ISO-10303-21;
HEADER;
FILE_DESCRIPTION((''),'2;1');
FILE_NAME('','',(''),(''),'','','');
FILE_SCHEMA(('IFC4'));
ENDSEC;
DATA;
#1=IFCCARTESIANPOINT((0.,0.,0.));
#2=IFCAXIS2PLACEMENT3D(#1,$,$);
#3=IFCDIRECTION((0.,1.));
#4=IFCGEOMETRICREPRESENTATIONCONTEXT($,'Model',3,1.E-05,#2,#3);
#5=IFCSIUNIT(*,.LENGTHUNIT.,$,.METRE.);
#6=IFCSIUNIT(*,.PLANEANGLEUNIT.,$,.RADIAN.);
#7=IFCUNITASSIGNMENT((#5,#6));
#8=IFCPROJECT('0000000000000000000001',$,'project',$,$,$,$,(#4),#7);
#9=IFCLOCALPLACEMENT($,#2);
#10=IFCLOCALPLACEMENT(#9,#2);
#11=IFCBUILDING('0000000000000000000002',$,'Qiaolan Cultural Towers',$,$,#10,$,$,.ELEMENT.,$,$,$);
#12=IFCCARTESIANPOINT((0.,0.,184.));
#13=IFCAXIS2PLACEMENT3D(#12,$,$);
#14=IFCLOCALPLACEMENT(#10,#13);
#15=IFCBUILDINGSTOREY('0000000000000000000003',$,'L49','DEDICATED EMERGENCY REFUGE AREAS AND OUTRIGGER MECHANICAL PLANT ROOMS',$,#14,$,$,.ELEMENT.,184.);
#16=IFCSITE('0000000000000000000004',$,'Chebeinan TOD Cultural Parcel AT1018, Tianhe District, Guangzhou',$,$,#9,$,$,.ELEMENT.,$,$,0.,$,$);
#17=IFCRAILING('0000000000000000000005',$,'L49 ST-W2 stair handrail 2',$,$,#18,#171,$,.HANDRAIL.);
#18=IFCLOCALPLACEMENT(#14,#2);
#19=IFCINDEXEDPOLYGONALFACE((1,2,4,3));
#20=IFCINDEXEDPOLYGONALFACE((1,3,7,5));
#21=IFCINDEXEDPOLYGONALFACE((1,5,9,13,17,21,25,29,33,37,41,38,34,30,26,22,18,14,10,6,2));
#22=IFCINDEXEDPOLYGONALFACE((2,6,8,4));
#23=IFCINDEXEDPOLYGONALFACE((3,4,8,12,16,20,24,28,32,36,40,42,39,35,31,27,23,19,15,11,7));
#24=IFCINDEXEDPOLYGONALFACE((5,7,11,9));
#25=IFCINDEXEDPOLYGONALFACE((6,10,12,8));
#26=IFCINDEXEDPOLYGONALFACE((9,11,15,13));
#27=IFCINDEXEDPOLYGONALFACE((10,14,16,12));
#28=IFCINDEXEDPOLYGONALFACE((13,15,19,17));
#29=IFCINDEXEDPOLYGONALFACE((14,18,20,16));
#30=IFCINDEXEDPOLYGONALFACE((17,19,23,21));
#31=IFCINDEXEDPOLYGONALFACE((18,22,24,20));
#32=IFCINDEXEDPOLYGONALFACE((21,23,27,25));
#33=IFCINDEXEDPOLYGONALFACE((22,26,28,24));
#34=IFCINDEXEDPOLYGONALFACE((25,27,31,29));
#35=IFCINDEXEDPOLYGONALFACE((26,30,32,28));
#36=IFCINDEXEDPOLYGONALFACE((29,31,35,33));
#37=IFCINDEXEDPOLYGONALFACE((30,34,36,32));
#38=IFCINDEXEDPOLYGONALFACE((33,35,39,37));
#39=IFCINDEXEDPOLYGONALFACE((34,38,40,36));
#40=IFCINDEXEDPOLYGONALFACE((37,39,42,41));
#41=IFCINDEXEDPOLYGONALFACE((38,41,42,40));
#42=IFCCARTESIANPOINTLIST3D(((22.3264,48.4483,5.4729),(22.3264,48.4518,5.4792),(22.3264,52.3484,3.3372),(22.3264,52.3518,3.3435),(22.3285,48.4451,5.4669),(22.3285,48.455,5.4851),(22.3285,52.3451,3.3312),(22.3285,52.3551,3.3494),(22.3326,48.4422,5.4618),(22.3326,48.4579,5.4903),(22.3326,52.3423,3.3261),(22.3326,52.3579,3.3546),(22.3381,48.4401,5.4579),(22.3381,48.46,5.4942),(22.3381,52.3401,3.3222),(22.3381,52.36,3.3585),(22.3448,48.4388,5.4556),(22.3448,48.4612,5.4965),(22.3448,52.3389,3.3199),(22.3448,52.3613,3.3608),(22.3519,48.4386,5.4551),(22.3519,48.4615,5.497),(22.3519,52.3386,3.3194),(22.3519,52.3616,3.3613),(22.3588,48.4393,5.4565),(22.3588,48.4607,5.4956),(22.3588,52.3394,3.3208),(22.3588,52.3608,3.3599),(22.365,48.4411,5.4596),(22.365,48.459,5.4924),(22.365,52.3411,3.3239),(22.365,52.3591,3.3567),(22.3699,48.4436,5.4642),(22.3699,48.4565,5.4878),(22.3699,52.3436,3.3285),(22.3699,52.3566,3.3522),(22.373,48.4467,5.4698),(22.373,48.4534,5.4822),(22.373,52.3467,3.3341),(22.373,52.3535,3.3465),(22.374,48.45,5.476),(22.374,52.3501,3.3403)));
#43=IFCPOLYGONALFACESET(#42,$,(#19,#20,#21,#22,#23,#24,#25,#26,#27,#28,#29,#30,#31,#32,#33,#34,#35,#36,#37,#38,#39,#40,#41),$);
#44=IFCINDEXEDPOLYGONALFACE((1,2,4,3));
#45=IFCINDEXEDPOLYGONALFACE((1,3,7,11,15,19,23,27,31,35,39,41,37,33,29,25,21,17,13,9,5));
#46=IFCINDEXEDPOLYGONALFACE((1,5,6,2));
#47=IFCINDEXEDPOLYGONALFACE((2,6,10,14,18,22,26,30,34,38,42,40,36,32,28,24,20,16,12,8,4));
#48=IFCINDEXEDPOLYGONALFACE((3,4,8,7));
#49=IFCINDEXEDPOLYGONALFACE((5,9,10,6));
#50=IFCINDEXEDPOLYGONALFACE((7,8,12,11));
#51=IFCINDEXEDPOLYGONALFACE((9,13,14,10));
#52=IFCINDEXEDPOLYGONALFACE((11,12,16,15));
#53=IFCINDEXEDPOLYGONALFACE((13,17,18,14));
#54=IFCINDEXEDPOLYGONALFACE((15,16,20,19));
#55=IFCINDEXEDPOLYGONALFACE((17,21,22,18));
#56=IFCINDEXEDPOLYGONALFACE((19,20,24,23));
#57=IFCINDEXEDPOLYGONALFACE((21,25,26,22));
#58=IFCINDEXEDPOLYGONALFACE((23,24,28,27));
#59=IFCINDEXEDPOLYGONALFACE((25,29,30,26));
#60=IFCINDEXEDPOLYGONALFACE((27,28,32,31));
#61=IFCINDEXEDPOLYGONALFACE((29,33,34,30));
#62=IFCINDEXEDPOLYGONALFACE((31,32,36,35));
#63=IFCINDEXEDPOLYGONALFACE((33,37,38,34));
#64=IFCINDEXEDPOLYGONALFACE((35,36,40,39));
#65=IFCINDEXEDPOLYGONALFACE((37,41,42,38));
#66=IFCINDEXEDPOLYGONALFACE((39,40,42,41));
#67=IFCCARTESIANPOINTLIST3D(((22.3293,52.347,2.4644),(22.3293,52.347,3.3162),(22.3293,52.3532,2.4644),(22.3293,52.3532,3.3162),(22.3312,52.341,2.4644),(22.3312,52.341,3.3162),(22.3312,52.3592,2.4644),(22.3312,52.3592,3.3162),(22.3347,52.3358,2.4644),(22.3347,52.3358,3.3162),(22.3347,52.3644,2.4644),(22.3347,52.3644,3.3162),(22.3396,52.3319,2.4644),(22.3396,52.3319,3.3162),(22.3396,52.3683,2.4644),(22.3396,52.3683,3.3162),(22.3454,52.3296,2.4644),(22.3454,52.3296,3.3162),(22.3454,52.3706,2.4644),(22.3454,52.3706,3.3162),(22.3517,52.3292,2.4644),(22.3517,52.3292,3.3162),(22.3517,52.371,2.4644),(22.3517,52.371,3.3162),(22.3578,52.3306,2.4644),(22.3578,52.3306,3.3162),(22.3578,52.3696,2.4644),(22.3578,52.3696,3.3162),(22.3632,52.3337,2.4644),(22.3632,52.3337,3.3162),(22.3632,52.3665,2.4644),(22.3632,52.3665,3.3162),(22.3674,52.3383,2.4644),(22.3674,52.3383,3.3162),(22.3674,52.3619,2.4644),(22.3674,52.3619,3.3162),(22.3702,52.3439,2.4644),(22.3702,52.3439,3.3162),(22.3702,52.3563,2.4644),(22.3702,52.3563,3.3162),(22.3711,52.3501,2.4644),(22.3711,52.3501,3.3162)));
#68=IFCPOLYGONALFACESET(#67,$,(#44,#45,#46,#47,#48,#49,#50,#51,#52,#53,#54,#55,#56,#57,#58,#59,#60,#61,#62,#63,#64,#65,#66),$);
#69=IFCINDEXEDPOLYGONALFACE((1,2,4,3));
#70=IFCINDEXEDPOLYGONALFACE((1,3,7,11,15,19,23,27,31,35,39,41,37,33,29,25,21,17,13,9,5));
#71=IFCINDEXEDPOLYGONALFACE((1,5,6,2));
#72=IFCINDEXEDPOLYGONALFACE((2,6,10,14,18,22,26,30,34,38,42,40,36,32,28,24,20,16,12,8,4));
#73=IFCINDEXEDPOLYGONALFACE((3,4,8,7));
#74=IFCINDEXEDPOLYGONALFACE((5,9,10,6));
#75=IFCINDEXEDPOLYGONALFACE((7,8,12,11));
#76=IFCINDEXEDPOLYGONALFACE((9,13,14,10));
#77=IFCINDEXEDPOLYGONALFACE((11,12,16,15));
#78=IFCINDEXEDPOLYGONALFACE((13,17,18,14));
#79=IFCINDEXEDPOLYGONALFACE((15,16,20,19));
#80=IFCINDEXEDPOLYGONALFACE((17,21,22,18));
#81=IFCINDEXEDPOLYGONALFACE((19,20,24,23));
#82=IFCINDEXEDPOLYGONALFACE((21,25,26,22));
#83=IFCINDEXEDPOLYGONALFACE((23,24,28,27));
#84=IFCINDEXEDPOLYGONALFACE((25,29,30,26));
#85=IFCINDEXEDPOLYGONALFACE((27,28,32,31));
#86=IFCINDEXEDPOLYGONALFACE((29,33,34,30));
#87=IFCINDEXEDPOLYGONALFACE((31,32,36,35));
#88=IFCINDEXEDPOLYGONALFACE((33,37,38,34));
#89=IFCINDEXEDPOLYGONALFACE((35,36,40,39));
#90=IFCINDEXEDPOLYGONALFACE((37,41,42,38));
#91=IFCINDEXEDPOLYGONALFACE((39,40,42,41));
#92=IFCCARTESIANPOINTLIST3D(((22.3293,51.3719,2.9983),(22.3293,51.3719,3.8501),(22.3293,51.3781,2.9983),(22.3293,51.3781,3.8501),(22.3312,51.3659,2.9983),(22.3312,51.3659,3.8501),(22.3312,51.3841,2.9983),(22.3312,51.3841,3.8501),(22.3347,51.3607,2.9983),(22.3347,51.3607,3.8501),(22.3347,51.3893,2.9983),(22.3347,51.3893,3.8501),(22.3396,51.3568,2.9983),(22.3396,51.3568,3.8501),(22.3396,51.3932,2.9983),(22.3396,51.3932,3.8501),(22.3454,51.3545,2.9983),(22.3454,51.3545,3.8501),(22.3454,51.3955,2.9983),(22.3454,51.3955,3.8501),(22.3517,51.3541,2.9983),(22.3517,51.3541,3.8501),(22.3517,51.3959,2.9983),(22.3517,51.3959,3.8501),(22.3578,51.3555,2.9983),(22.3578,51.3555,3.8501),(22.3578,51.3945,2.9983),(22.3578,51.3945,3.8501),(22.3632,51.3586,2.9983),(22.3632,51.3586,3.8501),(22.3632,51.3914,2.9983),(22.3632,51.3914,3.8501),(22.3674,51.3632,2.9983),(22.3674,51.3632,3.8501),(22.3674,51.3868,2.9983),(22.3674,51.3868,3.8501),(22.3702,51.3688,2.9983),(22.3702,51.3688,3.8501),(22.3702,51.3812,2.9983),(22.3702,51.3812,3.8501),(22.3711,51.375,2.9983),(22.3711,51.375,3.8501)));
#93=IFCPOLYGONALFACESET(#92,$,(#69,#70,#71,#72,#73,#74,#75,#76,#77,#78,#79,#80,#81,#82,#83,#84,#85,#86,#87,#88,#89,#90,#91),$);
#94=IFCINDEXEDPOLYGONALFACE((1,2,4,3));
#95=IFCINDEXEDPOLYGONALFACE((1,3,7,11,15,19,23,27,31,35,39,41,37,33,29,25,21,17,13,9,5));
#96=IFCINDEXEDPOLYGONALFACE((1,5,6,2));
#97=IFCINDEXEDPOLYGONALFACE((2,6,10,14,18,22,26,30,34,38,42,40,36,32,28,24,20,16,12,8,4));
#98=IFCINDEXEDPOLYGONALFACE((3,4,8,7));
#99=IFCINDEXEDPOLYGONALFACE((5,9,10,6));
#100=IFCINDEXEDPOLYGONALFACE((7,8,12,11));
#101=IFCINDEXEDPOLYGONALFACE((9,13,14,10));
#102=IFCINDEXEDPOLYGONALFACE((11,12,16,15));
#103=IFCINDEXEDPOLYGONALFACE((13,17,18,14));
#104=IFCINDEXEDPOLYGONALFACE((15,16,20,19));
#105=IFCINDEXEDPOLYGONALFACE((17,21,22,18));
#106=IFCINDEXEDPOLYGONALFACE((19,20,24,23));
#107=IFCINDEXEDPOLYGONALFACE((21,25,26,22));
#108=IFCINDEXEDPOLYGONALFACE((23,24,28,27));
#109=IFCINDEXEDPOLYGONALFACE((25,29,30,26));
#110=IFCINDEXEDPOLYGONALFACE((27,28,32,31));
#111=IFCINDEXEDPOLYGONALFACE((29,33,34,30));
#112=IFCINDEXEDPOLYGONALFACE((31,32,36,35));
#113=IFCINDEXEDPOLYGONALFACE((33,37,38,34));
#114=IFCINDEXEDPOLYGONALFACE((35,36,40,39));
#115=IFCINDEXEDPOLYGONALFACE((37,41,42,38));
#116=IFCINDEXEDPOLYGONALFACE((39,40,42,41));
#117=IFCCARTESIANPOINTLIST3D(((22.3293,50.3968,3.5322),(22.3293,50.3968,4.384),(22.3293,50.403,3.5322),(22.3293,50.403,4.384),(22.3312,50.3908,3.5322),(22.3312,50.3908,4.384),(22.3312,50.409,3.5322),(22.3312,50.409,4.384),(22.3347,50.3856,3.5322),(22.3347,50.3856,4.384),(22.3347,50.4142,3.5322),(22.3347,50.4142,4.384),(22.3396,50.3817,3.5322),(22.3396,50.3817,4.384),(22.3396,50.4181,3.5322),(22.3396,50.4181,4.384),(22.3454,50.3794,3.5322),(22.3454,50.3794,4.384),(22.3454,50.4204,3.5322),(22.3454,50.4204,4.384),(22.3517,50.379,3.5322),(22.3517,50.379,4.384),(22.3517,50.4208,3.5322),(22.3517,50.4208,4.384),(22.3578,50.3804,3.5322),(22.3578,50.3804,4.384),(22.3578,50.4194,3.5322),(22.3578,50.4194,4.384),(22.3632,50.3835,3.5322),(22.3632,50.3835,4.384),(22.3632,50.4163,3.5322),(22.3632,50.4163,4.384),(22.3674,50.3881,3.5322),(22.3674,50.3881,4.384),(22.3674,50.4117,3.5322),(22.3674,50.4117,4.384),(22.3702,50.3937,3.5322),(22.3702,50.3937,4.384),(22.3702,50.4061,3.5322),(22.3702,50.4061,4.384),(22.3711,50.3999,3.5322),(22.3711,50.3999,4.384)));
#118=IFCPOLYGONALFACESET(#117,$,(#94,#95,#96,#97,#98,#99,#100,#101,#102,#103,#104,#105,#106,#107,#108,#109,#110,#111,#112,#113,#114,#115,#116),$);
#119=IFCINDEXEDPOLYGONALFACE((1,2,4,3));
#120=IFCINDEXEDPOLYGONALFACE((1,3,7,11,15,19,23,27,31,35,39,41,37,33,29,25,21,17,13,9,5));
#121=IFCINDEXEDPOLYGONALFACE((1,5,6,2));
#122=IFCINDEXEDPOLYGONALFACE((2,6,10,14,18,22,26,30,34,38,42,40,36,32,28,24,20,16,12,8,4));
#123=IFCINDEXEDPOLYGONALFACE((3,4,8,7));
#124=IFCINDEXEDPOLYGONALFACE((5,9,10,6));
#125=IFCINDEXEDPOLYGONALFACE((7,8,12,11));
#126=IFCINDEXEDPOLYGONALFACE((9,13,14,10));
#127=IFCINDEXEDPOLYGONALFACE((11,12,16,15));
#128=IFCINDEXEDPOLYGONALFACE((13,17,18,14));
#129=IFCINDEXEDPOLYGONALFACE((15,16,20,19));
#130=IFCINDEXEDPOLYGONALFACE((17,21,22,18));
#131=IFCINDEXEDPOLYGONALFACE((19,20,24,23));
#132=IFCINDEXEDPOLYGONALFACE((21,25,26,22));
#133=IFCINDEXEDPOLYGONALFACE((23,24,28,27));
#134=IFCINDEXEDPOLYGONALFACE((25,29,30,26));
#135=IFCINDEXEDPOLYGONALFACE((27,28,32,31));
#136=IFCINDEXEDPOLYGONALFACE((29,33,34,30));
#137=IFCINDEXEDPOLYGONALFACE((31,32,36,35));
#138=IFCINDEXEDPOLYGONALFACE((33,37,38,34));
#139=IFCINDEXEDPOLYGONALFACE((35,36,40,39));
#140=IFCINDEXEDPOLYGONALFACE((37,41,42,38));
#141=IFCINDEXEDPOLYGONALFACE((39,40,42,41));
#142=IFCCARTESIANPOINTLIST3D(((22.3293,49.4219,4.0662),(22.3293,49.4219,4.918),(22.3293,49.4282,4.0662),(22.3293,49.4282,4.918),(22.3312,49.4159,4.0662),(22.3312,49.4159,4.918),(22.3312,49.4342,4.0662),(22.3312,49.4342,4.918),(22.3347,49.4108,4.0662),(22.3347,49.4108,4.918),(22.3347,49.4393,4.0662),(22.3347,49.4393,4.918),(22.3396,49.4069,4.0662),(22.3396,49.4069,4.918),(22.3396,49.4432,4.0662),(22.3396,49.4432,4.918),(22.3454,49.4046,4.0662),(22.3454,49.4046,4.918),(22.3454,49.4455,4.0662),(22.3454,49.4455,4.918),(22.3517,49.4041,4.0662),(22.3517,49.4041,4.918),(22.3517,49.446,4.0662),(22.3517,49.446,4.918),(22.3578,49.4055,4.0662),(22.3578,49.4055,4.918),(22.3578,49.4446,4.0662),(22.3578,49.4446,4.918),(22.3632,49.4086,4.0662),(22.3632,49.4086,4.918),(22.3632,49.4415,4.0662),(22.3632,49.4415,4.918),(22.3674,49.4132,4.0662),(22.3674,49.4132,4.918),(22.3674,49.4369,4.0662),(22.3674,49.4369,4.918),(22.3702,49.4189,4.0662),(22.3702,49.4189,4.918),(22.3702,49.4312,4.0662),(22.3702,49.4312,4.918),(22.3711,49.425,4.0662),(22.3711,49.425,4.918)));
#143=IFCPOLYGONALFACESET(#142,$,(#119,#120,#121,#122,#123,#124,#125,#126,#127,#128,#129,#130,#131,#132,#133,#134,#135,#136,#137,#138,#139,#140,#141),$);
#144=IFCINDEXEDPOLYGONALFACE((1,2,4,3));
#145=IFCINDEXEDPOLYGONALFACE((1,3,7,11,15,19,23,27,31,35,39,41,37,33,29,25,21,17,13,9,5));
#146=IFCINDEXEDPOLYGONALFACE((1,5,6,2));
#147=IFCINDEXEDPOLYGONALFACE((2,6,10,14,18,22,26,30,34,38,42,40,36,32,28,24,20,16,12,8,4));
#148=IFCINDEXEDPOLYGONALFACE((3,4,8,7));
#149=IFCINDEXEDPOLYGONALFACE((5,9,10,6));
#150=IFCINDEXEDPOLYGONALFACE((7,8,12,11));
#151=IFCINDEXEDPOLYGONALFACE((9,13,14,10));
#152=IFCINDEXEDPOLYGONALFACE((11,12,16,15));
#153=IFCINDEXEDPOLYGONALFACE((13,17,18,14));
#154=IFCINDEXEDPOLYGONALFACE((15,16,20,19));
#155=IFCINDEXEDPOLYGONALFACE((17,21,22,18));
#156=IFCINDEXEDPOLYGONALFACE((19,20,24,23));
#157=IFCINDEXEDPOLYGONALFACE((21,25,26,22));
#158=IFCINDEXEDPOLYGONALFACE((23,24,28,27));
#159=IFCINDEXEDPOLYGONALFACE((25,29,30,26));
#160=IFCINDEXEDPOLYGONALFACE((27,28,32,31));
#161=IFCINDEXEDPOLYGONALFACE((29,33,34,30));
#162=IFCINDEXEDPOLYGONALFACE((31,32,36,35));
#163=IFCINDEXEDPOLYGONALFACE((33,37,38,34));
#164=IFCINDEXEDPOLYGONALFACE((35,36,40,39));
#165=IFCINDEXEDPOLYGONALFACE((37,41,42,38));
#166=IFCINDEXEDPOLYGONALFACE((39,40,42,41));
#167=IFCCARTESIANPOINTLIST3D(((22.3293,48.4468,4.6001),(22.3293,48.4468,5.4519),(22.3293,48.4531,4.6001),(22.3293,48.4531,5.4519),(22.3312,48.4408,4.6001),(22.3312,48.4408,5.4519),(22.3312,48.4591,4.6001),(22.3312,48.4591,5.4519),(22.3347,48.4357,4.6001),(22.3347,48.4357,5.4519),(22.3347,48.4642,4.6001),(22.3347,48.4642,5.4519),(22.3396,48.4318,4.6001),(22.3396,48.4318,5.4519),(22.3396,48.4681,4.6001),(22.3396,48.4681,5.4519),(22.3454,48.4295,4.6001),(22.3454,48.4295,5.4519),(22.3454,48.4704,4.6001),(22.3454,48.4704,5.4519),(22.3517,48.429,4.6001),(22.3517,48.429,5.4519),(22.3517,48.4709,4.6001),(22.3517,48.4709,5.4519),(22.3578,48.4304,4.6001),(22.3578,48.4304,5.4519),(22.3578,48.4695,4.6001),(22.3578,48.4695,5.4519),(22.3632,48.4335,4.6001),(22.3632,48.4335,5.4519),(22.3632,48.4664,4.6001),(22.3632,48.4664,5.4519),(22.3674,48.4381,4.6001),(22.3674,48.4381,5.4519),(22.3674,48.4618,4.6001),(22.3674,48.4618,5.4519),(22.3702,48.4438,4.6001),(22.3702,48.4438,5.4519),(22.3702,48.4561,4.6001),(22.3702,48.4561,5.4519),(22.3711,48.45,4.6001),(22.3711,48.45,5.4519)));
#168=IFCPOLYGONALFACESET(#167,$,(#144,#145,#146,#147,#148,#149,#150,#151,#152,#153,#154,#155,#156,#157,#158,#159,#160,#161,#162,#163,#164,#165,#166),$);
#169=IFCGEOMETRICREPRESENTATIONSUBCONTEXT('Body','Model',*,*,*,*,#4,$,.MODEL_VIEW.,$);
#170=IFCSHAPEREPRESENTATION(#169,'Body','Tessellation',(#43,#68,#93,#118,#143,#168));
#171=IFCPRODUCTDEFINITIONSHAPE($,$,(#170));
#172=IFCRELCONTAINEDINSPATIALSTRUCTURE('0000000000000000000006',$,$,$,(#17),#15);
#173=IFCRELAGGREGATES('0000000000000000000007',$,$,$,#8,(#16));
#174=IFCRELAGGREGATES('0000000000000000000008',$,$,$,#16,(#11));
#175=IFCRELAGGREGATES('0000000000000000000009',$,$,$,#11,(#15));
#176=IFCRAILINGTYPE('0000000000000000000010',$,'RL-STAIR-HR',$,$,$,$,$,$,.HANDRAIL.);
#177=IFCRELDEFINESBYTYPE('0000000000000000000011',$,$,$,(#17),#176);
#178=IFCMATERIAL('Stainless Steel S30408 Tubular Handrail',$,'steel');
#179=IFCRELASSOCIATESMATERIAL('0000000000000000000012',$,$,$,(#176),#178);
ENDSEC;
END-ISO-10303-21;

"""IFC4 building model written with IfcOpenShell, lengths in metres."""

from ifc_helpers import new_model, si_unit, direction, frame, origin, origin_2d, place, context, subcontext, project, spatial, circle, extrude, material, type_object, element, save


model = new_model("IFC4")

# Units and contexts
model_context = context("Model", 3, precision=1e-05, world=origin(), true_north=direction((0.0, 1.0)))
body_context = subcontext(model_context, "Body", "Model", "MODEL_VIEW")
ifc_project = project(units=[si_unit("LENGTHUNIT", "METRE"), si_unit("PLANEANGLEUNIT", "RADIAN")], contexts=[model_context])

# Site, building, storey
site_placement = place(None, origin())
site = spatial("IfcSite", under=ifc_project, at=site_placement, Name="Chebeinan TOD Cultural Parcel AT1018, Tianhe District, Guangzhou", CompositionType="ELEMENT", RefElevation=0.0)
building_placement = place(site_placement, origin())
building = spatial("IfcBuilding", under=site, at=building_placement, Name="Qiaolan Cultural Towers", CompositionType="ELEMENT")
storey_placement = place(building_placement, frame((0.0, 0.0, 184.0)))
storey = spatial("IfcBuildingStorey", under=building, at=storey_placement, Name="L49", Description="DEDICATED EMERGENCY REFUGE AREAS AND OUTRIGGER MECHANICAL PLANT ROOMS", CompositionType="ELEMENT", Elevation=184.0)

# Railing
ifc_material_1 = material(Name="Stainless Steel S30408 Tubular Handrail", Category="steel")
railing_type_1 = type_object("IfcRailingType", Name="RL-STAIR-HR", PredefinedType="HANDRAIL", material=ifc_material_1)
railing_1_placement = place(storey_placement, frame((22.3501, 52.3501, 2.4644)))
element("IfcRailing", 1, at=railing_1_placement, inside=storey, type_object=railing_type_1, Name="L49 ST-W2 stair handrail 2", PredefinedType="HANDRAIL", context=body_context, shape_type="SweptSolid", body=[
    extrude(circle(Radius=0.0239, at=origin_2d()), frame((0.0, 0.0, 0.876), z_axis=(0.0, -0.877101, 0.480306), x_axis=(1.0, 0.0, 0.0)), (0.0, 0.0, 1.0), 4.4465),
    extrude(circle(Radius=0.021, at=origin_2d()), origin(), (0.0, 0.0, 1.0), 0.8518),
    extrude(circle(Radius=0.021, at=origin_2d()), frame((0.0, -0.9751, 0.5339)), (0.0, 0.0, 1.0), 0.8518),
    extrude(circle(Radius=0.021, at=origin_2d()), frame((0.0, -1.9502, 1.0679)), (0.0, 0.0, 1.0), 0.8518),
    extrude(circle(Radius=0.021, at=origin_2d()), frame((0.0, -2.925, 1.6018)), (0.0, 0.0, 1.0), 0.8518),
    extrude(circle(Radius=0.021, at=origin_2d()), frame((0.0, -3.9001, 2.1357)), (0.0, 0.0, 1.0), 0.8518),
])

save(model, "model.ifc")
